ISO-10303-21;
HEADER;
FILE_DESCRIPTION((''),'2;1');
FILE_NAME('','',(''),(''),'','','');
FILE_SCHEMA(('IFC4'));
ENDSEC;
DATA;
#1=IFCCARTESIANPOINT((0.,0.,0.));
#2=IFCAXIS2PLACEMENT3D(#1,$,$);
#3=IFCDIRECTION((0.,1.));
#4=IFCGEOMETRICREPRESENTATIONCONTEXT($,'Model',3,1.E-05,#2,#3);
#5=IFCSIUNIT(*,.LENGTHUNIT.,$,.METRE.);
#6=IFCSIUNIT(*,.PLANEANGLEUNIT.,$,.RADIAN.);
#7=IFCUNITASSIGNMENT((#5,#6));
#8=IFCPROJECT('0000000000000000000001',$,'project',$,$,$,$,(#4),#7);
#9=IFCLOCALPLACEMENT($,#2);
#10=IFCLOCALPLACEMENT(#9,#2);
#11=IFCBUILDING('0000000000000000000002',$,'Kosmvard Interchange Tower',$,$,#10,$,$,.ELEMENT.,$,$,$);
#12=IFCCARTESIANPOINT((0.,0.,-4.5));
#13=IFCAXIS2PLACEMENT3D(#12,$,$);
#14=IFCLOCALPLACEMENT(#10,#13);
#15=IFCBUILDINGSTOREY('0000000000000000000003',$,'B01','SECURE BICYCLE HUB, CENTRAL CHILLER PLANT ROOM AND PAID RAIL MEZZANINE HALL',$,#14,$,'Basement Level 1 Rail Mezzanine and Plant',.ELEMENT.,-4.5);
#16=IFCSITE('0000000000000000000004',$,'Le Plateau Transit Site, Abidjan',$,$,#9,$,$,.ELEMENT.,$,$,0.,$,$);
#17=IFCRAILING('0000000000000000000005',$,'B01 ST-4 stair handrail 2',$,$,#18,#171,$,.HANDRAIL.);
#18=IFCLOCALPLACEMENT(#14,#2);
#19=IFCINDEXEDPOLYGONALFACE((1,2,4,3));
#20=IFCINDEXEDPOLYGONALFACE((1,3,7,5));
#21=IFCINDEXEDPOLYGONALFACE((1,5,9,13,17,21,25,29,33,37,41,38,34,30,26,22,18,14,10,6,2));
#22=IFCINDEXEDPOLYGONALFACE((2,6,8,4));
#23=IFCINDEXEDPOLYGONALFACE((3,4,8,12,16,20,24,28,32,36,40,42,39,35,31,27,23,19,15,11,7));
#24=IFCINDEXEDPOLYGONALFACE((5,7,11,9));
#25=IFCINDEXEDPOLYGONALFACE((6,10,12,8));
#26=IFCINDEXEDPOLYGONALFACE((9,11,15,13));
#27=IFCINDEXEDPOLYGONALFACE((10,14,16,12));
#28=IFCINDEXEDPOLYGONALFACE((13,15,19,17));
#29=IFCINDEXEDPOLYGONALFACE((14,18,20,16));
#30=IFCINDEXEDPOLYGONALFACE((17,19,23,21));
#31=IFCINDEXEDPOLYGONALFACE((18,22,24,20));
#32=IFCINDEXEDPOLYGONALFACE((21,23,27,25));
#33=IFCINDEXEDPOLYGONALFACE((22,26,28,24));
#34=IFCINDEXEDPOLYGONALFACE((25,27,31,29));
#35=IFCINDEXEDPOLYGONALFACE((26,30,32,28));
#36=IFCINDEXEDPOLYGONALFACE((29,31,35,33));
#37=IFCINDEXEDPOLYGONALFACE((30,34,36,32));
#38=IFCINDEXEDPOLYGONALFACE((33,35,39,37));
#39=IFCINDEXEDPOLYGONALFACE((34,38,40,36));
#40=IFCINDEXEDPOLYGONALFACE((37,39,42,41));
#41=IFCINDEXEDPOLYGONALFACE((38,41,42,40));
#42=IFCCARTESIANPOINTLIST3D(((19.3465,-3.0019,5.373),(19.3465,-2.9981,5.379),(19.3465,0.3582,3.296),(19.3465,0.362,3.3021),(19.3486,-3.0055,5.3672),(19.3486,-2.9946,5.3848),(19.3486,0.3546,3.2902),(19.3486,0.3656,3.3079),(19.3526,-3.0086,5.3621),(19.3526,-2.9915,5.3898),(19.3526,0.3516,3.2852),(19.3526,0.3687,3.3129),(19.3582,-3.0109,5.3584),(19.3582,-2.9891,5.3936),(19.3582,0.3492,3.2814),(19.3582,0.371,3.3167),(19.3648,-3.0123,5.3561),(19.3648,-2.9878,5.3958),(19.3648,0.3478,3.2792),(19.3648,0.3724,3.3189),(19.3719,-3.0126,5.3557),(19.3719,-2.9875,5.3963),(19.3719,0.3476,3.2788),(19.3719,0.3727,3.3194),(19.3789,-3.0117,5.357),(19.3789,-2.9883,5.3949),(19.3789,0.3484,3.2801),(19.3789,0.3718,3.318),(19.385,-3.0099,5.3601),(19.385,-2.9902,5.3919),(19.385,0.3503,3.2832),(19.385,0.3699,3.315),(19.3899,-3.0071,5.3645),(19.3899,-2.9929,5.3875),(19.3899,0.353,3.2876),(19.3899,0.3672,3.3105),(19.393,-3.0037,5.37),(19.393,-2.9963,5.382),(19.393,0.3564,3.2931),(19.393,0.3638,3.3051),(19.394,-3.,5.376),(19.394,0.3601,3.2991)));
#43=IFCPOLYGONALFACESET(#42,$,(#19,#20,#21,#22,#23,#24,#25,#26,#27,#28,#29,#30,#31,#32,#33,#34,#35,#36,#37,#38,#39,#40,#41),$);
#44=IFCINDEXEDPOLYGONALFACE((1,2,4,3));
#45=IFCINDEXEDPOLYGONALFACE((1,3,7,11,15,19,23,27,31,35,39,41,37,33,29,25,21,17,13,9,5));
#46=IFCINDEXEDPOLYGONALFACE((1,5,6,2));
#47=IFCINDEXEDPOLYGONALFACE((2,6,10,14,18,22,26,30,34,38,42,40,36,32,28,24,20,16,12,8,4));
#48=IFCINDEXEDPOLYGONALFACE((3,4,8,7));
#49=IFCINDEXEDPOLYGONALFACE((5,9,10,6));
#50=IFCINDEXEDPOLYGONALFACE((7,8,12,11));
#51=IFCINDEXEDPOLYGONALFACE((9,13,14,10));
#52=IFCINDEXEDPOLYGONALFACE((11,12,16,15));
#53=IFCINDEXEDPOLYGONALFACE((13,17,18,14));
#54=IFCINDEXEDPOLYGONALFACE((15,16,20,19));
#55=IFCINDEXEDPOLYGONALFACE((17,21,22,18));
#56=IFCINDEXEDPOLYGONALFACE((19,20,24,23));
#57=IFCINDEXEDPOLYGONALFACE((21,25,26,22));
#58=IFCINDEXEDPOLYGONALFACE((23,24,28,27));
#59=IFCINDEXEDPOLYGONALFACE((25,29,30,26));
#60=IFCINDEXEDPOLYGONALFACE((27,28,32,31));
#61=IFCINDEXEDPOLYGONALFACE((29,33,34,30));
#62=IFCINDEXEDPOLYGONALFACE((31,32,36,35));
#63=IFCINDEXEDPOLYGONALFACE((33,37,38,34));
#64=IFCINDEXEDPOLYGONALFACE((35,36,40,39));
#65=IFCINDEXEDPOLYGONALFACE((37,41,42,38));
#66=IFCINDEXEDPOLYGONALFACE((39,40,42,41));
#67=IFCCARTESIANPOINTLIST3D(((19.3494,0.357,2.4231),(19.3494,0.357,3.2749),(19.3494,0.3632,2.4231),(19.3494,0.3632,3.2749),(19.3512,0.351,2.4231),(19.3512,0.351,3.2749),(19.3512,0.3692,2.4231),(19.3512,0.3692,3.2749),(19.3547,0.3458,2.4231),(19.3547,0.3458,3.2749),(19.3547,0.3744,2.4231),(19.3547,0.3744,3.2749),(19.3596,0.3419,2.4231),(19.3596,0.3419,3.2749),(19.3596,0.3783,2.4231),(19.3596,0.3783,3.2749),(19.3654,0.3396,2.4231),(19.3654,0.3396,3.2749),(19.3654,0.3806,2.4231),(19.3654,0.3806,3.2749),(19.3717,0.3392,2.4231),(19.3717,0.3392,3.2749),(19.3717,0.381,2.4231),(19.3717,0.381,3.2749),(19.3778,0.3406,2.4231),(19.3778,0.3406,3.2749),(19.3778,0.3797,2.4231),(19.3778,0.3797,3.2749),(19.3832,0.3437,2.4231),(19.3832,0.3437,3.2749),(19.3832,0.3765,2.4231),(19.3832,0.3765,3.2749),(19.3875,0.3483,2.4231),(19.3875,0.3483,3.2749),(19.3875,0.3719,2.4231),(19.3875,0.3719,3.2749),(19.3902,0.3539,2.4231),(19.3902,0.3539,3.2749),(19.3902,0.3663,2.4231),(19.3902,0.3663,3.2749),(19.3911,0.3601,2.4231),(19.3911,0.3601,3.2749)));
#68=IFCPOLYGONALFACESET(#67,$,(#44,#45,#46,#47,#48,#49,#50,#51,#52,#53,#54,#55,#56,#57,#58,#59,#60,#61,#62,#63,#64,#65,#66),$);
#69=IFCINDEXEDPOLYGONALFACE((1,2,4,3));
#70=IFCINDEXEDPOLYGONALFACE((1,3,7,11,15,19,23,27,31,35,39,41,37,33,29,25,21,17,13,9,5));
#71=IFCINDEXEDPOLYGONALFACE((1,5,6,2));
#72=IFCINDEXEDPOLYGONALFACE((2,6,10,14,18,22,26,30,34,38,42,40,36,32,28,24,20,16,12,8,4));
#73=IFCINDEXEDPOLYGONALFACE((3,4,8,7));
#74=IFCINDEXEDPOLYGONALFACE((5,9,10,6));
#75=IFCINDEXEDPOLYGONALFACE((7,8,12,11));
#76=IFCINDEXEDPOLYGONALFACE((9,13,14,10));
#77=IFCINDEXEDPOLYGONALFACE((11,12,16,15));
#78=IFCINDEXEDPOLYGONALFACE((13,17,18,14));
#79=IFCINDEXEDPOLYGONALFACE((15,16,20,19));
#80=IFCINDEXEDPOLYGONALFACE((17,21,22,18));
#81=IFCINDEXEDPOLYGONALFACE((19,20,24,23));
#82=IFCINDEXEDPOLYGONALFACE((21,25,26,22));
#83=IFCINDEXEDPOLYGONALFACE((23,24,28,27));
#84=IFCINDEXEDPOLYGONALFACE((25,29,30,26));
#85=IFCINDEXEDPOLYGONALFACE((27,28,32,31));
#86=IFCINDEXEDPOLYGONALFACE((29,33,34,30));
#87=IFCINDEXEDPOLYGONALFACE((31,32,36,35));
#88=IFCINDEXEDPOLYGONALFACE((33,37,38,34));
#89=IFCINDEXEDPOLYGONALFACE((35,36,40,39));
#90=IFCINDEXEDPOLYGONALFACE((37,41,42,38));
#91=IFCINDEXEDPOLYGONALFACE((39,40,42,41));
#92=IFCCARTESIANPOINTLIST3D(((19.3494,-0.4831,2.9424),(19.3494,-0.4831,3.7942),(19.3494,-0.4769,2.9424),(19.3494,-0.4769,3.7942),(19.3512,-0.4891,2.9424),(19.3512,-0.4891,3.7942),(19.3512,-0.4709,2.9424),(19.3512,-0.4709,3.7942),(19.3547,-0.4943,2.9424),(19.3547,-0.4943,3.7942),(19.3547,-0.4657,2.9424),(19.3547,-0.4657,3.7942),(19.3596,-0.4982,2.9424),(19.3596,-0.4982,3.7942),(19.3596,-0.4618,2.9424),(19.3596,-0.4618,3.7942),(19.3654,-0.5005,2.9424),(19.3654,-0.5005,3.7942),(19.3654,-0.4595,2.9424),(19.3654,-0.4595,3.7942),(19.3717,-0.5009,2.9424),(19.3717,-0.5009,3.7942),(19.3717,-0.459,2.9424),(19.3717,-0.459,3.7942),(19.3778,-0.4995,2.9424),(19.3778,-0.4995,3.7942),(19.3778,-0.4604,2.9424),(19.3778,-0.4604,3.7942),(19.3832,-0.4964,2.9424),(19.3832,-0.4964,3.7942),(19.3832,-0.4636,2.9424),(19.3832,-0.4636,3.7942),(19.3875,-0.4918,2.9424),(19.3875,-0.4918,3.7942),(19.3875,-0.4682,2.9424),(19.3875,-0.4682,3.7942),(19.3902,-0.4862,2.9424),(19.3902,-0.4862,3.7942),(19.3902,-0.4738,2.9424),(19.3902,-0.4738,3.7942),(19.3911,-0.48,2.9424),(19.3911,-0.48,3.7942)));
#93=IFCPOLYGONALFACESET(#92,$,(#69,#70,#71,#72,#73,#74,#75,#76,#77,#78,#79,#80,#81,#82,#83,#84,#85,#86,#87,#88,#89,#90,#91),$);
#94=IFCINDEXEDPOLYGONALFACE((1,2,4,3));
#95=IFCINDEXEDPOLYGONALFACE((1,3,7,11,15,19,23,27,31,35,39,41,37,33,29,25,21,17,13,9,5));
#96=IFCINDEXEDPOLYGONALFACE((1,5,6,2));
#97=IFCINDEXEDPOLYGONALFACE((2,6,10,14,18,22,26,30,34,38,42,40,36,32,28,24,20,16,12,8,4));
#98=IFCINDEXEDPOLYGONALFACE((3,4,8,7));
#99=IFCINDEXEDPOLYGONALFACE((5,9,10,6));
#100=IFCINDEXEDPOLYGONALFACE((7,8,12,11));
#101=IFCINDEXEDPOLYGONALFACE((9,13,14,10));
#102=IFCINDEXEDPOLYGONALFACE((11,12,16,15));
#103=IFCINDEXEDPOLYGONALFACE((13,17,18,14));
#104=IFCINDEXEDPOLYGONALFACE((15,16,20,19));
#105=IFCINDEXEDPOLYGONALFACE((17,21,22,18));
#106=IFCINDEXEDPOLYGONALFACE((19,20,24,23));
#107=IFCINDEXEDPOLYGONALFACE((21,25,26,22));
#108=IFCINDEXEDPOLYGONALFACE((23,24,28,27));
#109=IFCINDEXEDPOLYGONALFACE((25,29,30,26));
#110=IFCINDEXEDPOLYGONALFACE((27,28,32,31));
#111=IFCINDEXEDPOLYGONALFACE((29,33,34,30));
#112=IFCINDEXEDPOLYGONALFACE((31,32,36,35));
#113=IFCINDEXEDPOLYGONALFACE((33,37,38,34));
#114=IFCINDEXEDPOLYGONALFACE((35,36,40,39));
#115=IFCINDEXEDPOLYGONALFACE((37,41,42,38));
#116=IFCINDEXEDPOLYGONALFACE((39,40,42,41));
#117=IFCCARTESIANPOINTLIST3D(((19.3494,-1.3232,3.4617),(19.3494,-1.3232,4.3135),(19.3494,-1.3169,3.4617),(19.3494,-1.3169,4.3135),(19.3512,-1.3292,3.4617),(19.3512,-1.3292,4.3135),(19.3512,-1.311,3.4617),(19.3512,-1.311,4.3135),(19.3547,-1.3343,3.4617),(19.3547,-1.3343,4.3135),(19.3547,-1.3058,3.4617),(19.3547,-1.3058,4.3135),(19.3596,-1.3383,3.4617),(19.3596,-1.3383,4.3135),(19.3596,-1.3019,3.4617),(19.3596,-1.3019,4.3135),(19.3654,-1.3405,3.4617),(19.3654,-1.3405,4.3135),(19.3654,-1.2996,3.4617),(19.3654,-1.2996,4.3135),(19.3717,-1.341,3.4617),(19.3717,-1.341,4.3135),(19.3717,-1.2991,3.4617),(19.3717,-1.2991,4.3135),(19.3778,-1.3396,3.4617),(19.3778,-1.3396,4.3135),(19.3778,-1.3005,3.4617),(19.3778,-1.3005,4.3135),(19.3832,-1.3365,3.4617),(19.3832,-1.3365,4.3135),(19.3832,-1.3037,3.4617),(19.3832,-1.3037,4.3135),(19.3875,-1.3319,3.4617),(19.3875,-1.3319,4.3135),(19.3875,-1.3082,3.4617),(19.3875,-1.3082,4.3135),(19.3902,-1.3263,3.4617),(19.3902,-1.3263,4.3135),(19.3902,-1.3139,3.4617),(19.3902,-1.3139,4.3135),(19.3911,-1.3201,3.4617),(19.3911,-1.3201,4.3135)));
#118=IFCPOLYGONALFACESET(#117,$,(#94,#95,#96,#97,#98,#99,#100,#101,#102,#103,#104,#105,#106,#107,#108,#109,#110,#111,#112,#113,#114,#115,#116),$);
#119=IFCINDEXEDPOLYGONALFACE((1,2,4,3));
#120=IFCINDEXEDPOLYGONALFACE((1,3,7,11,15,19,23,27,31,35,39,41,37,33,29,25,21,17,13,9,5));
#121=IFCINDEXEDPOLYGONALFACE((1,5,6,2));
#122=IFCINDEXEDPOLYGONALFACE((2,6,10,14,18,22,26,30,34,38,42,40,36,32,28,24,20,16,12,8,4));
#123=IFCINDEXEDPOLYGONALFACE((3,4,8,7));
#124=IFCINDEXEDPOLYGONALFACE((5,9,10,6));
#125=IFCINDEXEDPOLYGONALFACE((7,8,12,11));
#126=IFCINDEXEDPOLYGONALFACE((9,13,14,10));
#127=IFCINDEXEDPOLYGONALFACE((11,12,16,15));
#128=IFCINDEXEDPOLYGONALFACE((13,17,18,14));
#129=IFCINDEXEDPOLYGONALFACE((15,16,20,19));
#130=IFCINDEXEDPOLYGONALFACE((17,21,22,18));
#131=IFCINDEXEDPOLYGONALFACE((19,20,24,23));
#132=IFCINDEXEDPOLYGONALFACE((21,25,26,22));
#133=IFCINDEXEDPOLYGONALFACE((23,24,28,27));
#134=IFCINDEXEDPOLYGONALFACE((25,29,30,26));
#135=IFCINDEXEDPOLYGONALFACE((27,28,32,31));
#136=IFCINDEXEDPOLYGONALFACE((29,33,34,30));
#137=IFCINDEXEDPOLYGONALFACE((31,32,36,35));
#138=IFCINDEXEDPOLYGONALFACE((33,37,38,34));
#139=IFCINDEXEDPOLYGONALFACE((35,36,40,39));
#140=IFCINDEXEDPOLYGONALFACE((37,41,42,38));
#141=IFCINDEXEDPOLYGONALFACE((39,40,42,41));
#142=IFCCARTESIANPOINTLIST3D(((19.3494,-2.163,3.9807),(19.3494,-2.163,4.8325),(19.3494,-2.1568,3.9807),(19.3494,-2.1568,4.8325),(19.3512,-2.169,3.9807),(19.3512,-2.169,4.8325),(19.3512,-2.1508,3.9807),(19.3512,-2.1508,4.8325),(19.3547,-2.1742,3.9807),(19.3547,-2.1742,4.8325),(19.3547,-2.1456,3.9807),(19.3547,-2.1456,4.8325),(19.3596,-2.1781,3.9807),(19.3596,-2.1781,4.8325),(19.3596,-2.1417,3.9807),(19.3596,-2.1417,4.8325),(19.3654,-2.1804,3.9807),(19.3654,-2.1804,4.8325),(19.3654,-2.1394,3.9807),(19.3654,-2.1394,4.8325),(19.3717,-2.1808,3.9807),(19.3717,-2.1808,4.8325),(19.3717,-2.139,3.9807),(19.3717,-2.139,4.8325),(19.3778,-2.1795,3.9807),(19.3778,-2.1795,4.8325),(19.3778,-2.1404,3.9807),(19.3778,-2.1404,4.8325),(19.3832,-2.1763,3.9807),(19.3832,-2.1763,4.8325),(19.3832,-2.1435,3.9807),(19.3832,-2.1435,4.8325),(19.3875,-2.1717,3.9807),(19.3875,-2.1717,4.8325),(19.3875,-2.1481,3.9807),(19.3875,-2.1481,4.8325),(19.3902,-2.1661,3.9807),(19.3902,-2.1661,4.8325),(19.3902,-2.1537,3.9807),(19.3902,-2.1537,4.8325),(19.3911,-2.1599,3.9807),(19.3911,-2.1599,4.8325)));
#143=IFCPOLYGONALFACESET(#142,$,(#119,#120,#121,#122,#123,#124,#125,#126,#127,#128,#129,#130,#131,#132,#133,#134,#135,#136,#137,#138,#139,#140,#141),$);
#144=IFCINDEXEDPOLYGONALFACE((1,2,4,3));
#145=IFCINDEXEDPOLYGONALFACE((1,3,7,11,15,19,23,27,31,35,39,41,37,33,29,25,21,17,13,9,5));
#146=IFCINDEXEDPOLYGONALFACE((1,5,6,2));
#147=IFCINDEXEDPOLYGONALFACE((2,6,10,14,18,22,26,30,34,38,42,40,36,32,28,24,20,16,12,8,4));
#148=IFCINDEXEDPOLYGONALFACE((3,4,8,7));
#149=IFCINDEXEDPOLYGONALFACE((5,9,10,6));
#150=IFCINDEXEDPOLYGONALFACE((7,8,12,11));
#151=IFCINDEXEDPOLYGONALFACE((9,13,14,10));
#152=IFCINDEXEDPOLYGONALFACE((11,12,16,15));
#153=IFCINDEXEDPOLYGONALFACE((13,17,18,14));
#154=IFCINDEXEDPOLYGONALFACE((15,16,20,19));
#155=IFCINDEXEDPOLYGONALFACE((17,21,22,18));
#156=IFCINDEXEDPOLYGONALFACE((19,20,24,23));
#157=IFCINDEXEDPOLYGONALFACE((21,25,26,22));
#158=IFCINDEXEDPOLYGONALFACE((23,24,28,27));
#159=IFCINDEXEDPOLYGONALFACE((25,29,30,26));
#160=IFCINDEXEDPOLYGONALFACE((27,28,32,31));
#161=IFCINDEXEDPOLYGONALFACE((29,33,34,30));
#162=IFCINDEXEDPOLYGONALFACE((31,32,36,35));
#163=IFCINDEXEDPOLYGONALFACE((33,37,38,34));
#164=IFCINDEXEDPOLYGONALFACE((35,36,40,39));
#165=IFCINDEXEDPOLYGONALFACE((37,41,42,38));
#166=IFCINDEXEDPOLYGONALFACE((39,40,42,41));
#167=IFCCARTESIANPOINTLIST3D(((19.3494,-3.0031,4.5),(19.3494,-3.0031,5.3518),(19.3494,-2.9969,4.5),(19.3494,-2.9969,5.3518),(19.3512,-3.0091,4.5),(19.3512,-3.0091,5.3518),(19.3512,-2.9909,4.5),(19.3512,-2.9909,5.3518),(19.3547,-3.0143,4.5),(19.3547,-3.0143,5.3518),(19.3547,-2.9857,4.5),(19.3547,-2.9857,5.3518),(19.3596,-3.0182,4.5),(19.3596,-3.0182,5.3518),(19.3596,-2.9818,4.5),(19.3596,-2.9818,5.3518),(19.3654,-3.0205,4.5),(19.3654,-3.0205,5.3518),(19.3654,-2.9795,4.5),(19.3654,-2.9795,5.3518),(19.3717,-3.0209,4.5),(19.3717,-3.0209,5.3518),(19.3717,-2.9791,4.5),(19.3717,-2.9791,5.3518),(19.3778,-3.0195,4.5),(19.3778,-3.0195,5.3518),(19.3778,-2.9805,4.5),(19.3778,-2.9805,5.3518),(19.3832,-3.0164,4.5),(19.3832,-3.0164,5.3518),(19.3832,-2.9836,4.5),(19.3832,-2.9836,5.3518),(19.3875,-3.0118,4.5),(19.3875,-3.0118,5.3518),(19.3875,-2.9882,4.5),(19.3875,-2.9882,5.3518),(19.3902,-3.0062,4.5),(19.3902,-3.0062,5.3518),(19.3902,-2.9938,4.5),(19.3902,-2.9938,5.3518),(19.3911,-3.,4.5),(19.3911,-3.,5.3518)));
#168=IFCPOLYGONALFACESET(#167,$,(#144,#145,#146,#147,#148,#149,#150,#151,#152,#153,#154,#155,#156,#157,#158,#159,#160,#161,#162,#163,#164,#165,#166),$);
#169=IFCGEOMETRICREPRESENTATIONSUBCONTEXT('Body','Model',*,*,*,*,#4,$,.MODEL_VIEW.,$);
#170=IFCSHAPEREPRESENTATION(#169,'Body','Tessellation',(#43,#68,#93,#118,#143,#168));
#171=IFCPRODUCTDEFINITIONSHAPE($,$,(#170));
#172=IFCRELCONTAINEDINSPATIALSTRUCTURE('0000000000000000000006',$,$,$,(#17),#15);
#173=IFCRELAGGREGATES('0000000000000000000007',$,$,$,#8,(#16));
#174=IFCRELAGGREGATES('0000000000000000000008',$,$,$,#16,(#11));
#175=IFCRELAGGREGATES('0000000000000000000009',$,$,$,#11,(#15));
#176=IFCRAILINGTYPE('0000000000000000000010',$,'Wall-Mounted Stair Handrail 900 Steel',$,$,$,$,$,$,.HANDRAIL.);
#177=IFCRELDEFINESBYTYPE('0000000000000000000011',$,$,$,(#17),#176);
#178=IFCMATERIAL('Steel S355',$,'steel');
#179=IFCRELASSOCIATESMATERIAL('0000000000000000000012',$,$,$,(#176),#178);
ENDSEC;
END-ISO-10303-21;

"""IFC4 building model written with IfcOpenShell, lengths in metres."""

from ifc_helpers import new_model, si_unit, direction, frame, origin, origin_2d, place, context, subcontext, project, spatial, circle, extrude, source, transform, mapped, material, type_object, element, save


model = new_model("IFC4")

# Units and contexts
model_context = context("Model", 3, precision=1e-05, world=origin(), true_north=direction((0.0, 1.0)))
body_context = subcontext(model_context, "Body", "Model", "MODEL_VIEW")
ifc_project = project(units=[si_unit("LENGTHUNIT", "METRE"), si_unit("PLANEANGLEUNIT", "RADIAN")], contexts=[model_context])

# Site, building, storey
site_placement = place(None, origin())
site = spatial("IfcSite", under=ifc_project, at=site_placement, Name="Le Plateau Transit Site, Abidjan", CompositionType="ELEMENT", RefElevation=0.0)
building_placement = place(site_placement, origin())
building = spatial("IfcBuilding", under=site, at=building_placement, Name="Kosmvard Interchange Tower", CompositionType="ELEMENT")
storey_placement = place(building_placement, frame((0.0, 0.0, -4.5)))
storey = spatial("IfcBuildingStorey", under=building, at=storey_placement, Name="B01", Description="SECURE BICYCLE HUB, CENTRAL CHILLER PLANT ROOM AND PAID RAIL MEZZANINE HALL", LongName="Basement Level 1 Rail Mezzanine and Plant", CompositionType="ELEMENT", Elevation=-4.5)

# Shared definitions
ifc_material_1 = material(Name="Steel S355", Category="steel")

# Railing
railing_type_1 = type_object("IfcRailingType", Name="Wall-Mounted Stair Handrail 900 Steel", PredefinedType="HANDRAIL", material=ifc_material_1)
shared_shape_1 = source(origin(), body_context, "Body", "SweptSolid", [
    extrude(circle(Radius=0.0239, at=origin_2d()), frame((0.0, 0.0, 0.876), z_axis=(0.0, -0.850623, 0.525776), x_axis=(1.0, 0.0, 0.0)), (0.0, 0.0, 1.0), 3.9502),
    extrude(circle(Radius=0.021, at=origin_2d()), origin(), (0.0, 0.0, 1.0), 0.8518),
    extrude(circle(Radius=0.021, at=origin_2d()), frame((0.0, -0.8401, 0.5193)), (0.0, 0.0, 1.0), 0.8518),
    extrude(circle(Radius=0.021, at=origin_2d()), frame((0.0, -1.6802, 1.0386)), (0.0, 0.0, 1.0), 0.8518),
    extrude(circle(Radius=0.021, at=origin_2d()), frame((0.0, -2.52, 1.5576)), (0.0, 0.0, 1.0), 0.8518),
    extrude(circle(Radius=0.021, at=origin_2d()), frame((0.0, -3.3601, 2.0769)), (0.0, 0.0, 1.0), 0.8518),
])
railing_1_placement = place(storey_placement, frame((19.3701, 0.3601, 2.4231)))
element("IfcRailing", 1, at=railing_1_placement, inside=storey, type_object=railing_type_1, Name="B01 ST-4 stair handrail 2", PredefinedType="HANDRAIL", context=body_context, shape_type="MappedRepresentation", body=[
    mapped(shared_shape_1, transform((0.0, 0.0, 0.0), scale=1.0)),
])

save(model, "model.ifc")
